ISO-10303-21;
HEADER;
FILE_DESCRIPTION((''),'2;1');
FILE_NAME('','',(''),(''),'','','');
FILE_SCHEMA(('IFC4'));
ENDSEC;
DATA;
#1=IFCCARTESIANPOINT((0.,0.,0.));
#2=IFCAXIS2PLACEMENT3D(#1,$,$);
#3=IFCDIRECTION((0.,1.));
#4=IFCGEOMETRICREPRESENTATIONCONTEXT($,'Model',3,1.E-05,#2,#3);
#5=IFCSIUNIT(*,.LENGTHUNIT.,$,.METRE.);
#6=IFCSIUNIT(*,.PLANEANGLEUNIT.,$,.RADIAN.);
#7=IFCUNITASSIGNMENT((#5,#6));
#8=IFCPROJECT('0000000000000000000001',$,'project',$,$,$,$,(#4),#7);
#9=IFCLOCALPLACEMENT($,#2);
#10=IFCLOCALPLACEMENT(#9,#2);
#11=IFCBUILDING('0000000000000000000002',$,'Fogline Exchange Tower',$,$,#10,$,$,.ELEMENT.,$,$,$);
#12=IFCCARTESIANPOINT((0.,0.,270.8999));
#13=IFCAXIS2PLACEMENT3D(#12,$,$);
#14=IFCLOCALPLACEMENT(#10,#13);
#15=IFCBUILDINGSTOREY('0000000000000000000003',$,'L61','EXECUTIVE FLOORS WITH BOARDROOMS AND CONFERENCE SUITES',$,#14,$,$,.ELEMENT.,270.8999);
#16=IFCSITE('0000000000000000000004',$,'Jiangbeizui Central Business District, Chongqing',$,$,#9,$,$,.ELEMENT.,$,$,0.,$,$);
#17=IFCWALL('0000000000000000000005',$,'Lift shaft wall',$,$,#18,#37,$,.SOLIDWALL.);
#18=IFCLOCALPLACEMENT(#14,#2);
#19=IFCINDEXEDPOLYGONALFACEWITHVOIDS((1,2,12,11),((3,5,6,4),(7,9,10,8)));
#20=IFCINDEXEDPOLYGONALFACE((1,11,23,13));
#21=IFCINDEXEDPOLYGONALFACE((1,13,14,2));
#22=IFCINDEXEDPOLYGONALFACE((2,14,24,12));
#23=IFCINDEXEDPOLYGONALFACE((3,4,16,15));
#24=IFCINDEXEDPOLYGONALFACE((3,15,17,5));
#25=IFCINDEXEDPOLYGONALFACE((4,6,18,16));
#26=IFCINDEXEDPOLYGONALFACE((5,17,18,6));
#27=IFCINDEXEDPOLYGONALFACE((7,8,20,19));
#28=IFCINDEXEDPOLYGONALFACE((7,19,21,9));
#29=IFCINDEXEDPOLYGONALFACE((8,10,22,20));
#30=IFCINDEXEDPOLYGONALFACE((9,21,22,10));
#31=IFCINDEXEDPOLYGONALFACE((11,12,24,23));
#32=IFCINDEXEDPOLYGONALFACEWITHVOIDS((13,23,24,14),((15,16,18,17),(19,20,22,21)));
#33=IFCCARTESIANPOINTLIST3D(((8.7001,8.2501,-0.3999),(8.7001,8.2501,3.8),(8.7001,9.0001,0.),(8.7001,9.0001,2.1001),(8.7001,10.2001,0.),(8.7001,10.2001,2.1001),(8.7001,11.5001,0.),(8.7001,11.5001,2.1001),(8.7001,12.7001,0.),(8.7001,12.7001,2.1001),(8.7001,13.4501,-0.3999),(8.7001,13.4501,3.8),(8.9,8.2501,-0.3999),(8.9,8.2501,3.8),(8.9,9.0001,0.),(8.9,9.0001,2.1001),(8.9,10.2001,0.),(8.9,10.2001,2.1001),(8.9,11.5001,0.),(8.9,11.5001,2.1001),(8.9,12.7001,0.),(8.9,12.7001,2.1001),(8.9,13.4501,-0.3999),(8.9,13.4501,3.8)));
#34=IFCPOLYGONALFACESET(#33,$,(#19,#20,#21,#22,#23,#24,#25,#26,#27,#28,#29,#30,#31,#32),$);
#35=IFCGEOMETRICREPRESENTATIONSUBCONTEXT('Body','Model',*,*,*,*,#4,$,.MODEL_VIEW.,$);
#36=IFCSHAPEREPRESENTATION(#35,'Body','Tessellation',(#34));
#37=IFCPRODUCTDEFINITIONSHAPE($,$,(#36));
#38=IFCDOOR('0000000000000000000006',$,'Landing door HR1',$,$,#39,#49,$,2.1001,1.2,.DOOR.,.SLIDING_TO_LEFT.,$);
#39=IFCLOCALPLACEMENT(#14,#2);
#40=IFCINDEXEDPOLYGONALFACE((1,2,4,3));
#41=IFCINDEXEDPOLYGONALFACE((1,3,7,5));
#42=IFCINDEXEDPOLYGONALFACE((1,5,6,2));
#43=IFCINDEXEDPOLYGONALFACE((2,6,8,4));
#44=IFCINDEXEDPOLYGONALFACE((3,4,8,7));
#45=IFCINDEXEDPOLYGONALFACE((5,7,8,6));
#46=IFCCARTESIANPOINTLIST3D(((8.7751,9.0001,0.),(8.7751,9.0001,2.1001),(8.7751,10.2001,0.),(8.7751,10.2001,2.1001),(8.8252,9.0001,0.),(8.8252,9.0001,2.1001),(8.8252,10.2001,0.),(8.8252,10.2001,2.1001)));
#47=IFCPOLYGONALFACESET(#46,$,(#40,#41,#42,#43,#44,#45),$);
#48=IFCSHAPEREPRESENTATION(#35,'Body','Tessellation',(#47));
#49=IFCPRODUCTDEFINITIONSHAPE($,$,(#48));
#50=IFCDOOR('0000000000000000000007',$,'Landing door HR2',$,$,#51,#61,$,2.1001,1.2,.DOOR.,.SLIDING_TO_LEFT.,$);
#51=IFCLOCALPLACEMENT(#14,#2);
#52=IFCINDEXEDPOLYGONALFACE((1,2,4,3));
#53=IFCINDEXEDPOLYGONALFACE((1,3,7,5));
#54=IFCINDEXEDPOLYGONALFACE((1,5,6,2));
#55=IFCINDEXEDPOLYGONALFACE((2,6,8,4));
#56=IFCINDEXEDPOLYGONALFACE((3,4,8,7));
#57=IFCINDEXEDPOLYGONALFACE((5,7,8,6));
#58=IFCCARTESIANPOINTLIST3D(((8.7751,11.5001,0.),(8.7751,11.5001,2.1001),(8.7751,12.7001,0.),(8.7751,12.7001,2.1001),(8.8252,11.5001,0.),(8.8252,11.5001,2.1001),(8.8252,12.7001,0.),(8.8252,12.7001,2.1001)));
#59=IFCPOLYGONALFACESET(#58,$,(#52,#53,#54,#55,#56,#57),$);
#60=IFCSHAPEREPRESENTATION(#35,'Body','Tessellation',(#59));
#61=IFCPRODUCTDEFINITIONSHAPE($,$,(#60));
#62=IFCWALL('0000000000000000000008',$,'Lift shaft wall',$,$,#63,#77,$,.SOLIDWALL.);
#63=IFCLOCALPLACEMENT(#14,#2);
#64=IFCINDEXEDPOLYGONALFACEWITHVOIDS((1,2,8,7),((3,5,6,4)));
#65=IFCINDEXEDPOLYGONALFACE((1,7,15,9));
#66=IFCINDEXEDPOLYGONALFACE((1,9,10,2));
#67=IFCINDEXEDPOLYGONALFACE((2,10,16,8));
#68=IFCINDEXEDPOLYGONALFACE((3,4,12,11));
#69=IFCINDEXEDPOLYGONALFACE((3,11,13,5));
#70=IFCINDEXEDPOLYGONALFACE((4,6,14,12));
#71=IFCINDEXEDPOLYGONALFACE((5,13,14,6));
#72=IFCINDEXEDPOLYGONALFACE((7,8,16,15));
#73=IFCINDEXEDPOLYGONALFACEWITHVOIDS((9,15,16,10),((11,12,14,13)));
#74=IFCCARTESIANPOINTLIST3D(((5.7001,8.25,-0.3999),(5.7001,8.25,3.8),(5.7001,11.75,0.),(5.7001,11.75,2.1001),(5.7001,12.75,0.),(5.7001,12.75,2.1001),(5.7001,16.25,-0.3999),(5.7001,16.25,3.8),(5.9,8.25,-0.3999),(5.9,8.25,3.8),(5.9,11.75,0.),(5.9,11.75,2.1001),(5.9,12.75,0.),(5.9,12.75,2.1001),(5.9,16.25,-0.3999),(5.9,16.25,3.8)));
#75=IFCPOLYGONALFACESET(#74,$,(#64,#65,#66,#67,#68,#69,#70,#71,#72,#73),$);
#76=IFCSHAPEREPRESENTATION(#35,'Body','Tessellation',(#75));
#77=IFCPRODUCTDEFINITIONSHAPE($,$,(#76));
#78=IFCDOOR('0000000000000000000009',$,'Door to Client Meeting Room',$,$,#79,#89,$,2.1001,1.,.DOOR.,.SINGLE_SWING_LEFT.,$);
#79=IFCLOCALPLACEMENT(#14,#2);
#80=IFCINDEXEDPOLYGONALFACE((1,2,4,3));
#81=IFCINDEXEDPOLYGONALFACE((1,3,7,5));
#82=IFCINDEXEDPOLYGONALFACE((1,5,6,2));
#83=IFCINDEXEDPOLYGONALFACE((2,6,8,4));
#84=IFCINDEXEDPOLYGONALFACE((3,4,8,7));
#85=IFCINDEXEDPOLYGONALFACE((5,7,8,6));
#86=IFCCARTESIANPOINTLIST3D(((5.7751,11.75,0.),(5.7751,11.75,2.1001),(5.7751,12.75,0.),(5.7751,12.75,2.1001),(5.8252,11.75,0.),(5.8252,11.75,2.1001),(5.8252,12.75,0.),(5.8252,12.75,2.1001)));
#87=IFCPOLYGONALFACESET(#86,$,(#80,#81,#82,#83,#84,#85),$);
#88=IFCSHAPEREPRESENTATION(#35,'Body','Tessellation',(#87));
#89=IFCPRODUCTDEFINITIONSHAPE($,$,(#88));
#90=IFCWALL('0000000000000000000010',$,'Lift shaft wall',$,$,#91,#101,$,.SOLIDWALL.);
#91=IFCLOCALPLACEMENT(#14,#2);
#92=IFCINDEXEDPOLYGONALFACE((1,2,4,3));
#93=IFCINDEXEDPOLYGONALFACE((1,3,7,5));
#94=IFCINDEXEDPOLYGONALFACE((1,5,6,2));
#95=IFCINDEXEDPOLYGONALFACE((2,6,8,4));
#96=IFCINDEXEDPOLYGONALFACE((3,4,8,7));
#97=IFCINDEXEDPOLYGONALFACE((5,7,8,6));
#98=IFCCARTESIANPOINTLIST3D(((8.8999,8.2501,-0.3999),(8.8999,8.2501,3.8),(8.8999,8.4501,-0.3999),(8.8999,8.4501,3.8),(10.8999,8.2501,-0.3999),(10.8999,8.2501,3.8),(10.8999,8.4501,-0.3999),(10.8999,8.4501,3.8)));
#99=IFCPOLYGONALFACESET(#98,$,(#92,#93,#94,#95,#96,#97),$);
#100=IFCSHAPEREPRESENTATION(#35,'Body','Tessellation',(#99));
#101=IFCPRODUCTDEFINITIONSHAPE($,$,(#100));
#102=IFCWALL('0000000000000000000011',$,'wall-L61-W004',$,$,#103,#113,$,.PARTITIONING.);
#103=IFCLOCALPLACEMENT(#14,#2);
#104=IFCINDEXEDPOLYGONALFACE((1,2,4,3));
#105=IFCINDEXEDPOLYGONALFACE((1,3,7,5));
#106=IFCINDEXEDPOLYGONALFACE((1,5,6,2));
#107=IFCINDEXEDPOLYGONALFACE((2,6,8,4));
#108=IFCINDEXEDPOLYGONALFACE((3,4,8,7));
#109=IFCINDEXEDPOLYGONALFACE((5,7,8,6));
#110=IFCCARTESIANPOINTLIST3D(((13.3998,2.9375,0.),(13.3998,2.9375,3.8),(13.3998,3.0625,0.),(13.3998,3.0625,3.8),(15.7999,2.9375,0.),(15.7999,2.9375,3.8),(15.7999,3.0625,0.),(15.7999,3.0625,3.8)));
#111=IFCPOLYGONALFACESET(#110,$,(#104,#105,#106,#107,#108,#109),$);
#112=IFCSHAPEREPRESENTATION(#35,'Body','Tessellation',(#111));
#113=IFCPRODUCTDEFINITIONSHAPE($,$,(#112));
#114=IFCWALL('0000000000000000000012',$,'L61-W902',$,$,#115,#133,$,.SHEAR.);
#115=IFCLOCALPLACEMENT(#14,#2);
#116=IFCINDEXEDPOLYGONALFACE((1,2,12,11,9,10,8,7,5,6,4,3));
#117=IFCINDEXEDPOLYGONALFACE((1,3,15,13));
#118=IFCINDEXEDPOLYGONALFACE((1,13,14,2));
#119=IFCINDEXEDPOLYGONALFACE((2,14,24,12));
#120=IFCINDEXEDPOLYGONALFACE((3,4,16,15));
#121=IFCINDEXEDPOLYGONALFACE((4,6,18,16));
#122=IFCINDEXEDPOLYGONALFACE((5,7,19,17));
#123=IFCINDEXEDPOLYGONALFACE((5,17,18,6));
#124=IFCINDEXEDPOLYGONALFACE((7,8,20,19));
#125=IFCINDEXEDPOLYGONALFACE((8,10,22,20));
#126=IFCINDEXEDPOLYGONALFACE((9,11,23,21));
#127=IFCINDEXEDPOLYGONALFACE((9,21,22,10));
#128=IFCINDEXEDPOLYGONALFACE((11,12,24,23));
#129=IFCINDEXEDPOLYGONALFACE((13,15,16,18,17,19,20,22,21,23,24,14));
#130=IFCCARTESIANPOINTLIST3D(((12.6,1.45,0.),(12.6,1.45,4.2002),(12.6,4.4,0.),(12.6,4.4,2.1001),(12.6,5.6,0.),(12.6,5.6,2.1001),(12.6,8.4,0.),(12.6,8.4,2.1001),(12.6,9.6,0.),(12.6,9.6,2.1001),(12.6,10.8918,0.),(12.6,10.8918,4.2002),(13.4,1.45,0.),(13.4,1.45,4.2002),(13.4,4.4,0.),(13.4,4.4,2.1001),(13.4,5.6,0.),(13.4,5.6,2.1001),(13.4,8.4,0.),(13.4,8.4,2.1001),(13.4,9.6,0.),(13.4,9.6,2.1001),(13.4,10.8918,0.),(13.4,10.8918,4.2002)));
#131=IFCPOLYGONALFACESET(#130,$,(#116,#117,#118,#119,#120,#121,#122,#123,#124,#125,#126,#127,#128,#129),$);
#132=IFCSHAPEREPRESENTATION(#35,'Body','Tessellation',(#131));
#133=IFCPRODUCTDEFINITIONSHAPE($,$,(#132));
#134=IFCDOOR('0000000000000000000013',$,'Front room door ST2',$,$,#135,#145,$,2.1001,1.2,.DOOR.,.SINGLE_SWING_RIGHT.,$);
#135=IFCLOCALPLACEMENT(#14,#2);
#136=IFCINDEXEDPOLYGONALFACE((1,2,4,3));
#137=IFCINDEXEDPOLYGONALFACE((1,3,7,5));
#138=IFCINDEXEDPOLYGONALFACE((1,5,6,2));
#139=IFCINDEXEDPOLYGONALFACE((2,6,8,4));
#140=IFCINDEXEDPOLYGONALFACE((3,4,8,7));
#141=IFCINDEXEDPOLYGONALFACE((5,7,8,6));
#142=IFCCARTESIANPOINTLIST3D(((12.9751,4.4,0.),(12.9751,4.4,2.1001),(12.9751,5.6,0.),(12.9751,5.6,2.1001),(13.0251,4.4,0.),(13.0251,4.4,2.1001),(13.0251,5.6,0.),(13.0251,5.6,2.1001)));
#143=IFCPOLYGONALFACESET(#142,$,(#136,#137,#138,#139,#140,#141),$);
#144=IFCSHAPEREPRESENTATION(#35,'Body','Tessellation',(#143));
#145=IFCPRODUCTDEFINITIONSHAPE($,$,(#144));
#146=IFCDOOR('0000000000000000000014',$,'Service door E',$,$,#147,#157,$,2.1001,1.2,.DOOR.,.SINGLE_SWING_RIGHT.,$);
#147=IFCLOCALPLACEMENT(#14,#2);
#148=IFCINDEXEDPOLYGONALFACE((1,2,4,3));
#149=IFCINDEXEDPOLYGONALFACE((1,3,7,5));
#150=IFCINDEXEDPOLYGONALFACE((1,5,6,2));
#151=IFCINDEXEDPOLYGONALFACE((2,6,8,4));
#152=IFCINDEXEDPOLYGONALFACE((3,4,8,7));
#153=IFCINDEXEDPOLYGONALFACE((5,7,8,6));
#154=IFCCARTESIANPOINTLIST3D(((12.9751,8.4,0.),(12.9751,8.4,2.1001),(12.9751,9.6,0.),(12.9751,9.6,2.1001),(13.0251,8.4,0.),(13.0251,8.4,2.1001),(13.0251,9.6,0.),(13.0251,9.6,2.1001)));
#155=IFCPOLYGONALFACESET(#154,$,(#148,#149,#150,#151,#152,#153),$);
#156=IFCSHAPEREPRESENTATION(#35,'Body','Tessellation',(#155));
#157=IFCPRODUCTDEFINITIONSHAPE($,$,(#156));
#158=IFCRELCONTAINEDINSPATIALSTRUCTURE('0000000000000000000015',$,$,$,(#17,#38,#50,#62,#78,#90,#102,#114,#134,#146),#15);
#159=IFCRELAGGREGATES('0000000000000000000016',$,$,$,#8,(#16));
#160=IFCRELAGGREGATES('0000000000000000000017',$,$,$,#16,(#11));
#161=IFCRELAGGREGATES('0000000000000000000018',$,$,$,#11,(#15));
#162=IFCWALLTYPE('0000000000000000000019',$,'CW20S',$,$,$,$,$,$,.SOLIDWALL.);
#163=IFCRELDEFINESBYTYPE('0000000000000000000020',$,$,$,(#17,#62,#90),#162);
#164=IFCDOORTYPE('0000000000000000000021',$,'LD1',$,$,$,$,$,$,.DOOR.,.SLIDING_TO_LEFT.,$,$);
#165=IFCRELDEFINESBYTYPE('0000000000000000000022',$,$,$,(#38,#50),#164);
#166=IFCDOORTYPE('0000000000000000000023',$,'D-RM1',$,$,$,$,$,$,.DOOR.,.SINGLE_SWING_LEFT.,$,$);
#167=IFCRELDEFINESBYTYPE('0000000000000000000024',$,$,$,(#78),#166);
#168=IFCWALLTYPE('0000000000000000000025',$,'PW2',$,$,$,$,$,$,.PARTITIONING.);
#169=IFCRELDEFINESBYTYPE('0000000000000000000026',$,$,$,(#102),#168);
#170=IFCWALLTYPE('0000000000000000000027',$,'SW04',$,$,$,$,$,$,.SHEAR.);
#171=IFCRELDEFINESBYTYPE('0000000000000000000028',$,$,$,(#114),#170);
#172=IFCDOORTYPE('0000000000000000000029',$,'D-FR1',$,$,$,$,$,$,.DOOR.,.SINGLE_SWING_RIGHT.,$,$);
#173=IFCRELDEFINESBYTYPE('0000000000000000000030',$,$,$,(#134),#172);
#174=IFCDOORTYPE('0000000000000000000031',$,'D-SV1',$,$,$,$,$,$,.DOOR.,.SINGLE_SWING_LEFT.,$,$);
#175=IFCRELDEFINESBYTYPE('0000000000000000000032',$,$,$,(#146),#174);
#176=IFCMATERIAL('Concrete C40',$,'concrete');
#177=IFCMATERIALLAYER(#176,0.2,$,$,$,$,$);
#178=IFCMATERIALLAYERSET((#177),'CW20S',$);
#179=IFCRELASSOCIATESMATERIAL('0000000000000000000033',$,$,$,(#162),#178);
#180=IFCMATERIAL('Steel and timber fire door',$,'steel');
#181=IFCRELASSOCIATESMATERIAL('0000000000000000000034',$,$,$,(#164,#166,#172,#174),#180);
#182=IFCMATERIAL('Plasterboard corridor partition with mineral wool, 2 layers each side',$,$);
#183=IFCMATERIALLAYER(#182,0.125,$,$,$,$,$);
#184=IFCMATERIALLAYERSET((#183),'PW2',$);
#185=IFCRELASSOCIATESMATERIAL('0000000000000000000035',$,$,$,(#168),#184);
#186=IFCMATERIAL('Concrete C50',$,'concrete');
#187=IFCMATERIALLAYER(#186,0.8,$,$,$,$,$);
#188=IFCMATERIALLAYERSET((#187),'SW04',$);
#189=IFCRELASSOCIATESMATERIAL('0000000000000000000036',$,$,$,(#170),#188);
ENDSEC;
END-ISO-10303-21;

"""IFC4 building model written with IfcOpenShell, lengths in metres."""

from ifc_helpers import new_model, si_unit, direction, frame, frame_2d, origin, place, context, subcontext, project, spatial, rectangle, extrude, material, layer, layer_set, type_object, element, fill, save


model = new_model("IFC4")

# Units and contexts
model_context = context("Model", 3, precision=1e-05, world=origin(), true_north=direction((0.0, 1.0)))
body_context = subcontext(model_context, "Body", "Model", "MODEL_VIEW")
ifc_project = project(units=[si_unit("LENGTHUNIT", "METRE"), si_unit("PLANEANGLEUNIT", "RADIAN")], contexts=[model_context])

# Site, building, storey
site_placement = place(None, origin())
site = spatial("IfcSite", under=ifc_project, at=site_placement, Name="Jiangbeizui Central Business District, Chongqing", CompositionType="ELEMENT", RefElevation=0.0)
building_placement = place(site_placement, origin())
building = spatial("IfcBuilding", under=site, at=building_placement, Name="Fogline Exchange Tower", CompositionType="ELEMENT")
storey_placement = place(building_placement, frame((0.0, 0.0, 270.8999)))
storey = spatial("IfcBuildingStorey", under=building, at=storey_placement, Name="L61", Description="EXECUTIVE FLOORS WITH BOARDROOMS AND CONFERENCE SUITES", CompositionType="ELEMENT", Elevation=270.8999)

# Shared definitions
ifc_material_1 = material(Name="Concrete C40", Category="concrete")

# Shared definitions
ifc_material_2 = material(Name="Steel and timber fire door", Category="steel")

# Wall, openings, doors
ifc_layer_1 = layer(ifc_material_1, 0.2)
ifc_layer_set_1 = layer_set([ifc_layer_1], Name="CW20S")
wall_type_1 = type_object("IfcWallType", Name="CW20S", PredefinedType="SOLIDWALL", material=ifc_layer_set_1)
wall_1_placement = place(storey_placement, frame((8.8, 8.25, -0.3999), z_axis=(0.0, 0.0, 1.0), x_axis=(0.0, 1.0, 0.0)))
wall_1 = element("IfcWall", 1, at=wall_1_placement, inside=storey, type_object=wall_type_1, Name="Lift shaft wall", PredefinedType="SOLIDWALL", context=body_context, shape_type="SweptSolid", body=[
    extrude(rectangle(XDim=5.2, YDim=0.2, at=frame_2d((2.6001, 0.0))), origin(), (0.0, 0.0, 1.0), 4.2),
])
opening_1_placement = place(wall_1_placement, frame((0.75, 0.0, 0.3999)))
opening_1 = element("IfcOpeningElement", 2, at=opening_1_placement, cuts=wall_1, PredefinedType="OPENING", context=body_context, shape_type="SweptSolid", body=[
    extrude(rectangle(XDim=1.2, YDim=2.1001, at=frame_2d((0.6001, 1.05))), frame((0.0, 0.1099, 0.0), z_axis=(0.0, -1.0, 0.0), x_axis=(1.0, 0.0, 0.0)), (0.0, 0.0, 1.0), 0.22),
])
opening_2_placement = place(wall_1_placement, frame((3.25, 0.0, 0.3999)))
opening_2 = element("IfcOpeningElement", 3, at=opening_2_placement, cuts=wall_1, PredefinedType="OPENING", context=body_context, shape_type="SweptSolid", body=[
    extrude(rectangle(XDim=1.2, YDim=2.1001, at=frame_2d((0.6001, 1.05))), frame((0.0, 0.1099, 0.0), z_axis=(0.0, -1.0, 0.0), x_axis=(1.0, 0.0, 0.0)), (0.0, 0.0, 1.0), 0.22),
])
door_type_1 = type_object("IfcDoorType", Name="LD1", OperationType="SLIDING_TO_LEFT", PredefinedType="DOOR", material=ifc_material_2)
door_1_placement = place(opening_1_placement, origin())
door_1 = element("IfcDoor", 4, at=door_1_placement, inside=storey, type_object=door_type_1, Name="Landing door HR1", OperationType="SLIDING_TO_LEFT", OverallHeight=2.1001, OverallWidth=1.2, PredefinedType="DOOR", context=body_context, shape_type="SweptSolid", body=[
    extrude(rectangle(XDim=1.2, YDim=2.1001, at=frame_2d((0.6001, 1.05))), frame((0.0, 0.0249, 0.0), z_axis=(0.0, -1.0, 0.0), x_axis=(1.0, 0.0, 0.0)), (0.0, 0.0, 1.0), 0.05),
])
fill(opening_1, door_1)
door_2_placement = place(opening_2_placement, origin())
door_2 = element("IfcDoor", 5, at=door_2_placement, inside=storey, type_object=door_type_1, Name="Landing door HR2", OperationType="SLIDING_TO_LEFT", OverallHeight=2.1001, OverallWidth=1.2, PredefinedType="DOOR", context=body_context, shape_type="SweptSolid", body=[
    extrude(rectangle(XDim=1.2, YDim=2.1001, at=frame_2d((0.6001, 1.05))), frame((0.0, 0.0249, 0.0), z_axis=(0.0, -1.0, 0.0), x_axis=(1.0, 0.0, 0.0)), (0.0, 0.0, 1.0), 0.05),
])
fill(opening_2, door_2)

# Wall, opening, door
wall_2_placement = place(storey_placement, frame((5.8, 8.25, -0.3999), z_axis=(0.0, 0.0, 1.0), x_axis=(0.0, 1.0, 0.0)))
wall_2 = element("IfcWall", 6, at=wall_2_placement, inside=storey, type_object=wall_type_1, Name="Lift shaft wall", PredefinedType="SOLIDWALL", context=body_context, shape_type="SweptSolid", body=[
    extrude(rectangle(XDim=8.0, YDim=0.2, at=frame_2d((4.0, 0.0))), origin(), (0.0, 0.0, 1.0), 4.2),
])
opening_3_placement = place(wall_2_placement, frame((3.5, 0.0, 0.3999)))
opening_3 = element("IfcOpeningElement", 7, at=opening_3_placement, cuts=wall_2, PredefinedType="OPENING", context=body_context, shape_type="SweptSolid", body=[
    extrude(rectangle(XDim=1.0, YDim=2.1001, at=frame_2d((0.5, 1.05))), frame((0.0, 0.1099, 0.0), z_axis=(0.0, -1.0, 0.0), x_axis=(1.0, 0.0, 0.0)), (0.0, 0.0, 1.0), 0.22),
])
door_type_2 = type_object("IfcDoorType", Name="D-RM1", OperationType="SINGLE_SWING_LEFT", PredefinedType="DOOR", material=ifc_material_2)
door_3_placement = place(opening_3_placement, origin())
door_3 = element("IfcDoor", 8, at=door_3_placement, inside=storey, type_object=door_type_2, Name="Door to Client Meeting Room", OperationType="SINGLE_SWING_LEFT", OverallHeight=2.1001, OverallWidth=1.0, PredefinedType="DOOR", context=body_context, shape_type="SweptSolid", body=[
    extrude(rectangle(XDim=1.0, YDim=2.1001, at=frame_2d((0.5, 1.05))), frame((0.0, 0.0249, 0.0), z_axis=(0.0, -1.0, 0.0), x_axis=(1.0, 0.0, 0.0)), (0.0, 0.0, 1.0), 0.05),
])
fill(opening_3, door_3)

# Walls
wall_3_placement = place(storey_placement, frame((8.8999, 8.3501, -0.3999), z_axis=(0.0, 0.0, 1.0), x_axis=(1.0, 0.0, 0.0)))
element("IfcWall", 9, at=wall_3_placement, inside=storey, type_object=wall_type_1, Name="Lift shaft wall", PredefinedType="SOLIDWALL", context=body_context, shape_type="SweptSolid", body=[
    extrude(rectangle(XDim=2.0, YDim=0.2, at=frame_2d((1.0, 0.0))), origin(), (0.0, 0.0, 1.0), 4.2),
])
ifc_material_3 = material(Name="Plasterboard corridor partition with mineral wool, 2 layers each side")
ifc_layer_2 = layer(ifc_material_3, 0.125)
ifc_layer_set_2 = layer_set([ifc_layer_2], Name="PW2")
wall_type_2 = type_object("IfcWallType", Name="PW2", PredefinedType="PARTITIONING", material=ifc_layer_set_2)
wall_4_placement = place(storey_placement, frame((15.8, 3.0, 0.0), z_axis=(0.0, 0.0, 1.0), x_axis=(-1.0, 0.0, 0.0)))
element("IfcWall", 10, at=wall_4_placement, inside=storey, type_object=wall_type_2, Name="wall-L61-W004", PredefinedType="PARTITIONING", context=body_context, shape_type="SweptSolid", body=[
    extrude(rectangle(XDim=2.4001, YDim=0.125, at=frame_2d((1.2002, 0.0))), origin(), (0.0, 0.0, 1.0), 3.8),
])

# Wall, openings, doors
ifc_material_4 = material(Name="Concrete C50", Category="concrete")
ifc_layer_3 = layer(ifc_material_4, 0.8)
ifc_layer_set_3 = layer_set([ifc_layer_3], Name="SW04")
wall_type_3 = type_object("IfcWallType", Name="SW04", PredefinedType="SHEAR", material=ifc_layer_set_3)
wall_5_placement = place(storey_placement, frame((13.0, 1.45, 0.0), z_axis=(0.0, 0.0, 1.0), x_axis=(0.0, 1.0, 0.0)))
wall_5 = element("IfcWall", 11, at=wall_5_placement, inside=storey, type_object=wall_type_3, Name="L61-W902", PredefinedType="SHEAR", context=body_context, shape_type="SweptSolid", body=[
    extrude(rectangle(XDim=9.4419, YDim=0.8, at=frame_2d((4.7209, 0.0))), origin(), (0.0, 0.0, 1.0), 4.2002),
])
opening_4_placement = place(wall_5_placement, frame((2.95, 0.0, 0.0)))
opening_4 = element("IfcOpeningElement", 12, at=opening_4_placement, cuts=wall_5, PredefinedType="OPENING", context=body_context, shape_type="SweptSolid", body=[
    extrude(rectangle(XDim=1.2, YDim=2.1001, at=frame_2d((0.6001, 1.05))), frame((0.0, 0.4102, 0.0), z_axis=(0.0, -1.0, 0.0), x_axis=(1.0, 0.0, 0.0)), (0.0, 0.0, 1.0), 0.8201),
])
opening_5_placement = place(wall_5_placement, frame((6.95, 0.0, 0.0)))
opening_5 = element("IfcOpeningElement", 13, at=opening_5_placement, cuts=wall_5, PredefinedType="OPENING", context=body_context, shape_type="SweptSolid", body=[
    extrude(rectangle(XDim=1.2, YDim=2.1001, at=frame_2d((0.6001, 1.05))), frame((0.0, 0.4102, 0.0), z_axis=(0.0, -1.0, 0.0), x_axis=(1.0, 0.0, 0.0)), (0.0, 0.0, 1.0), 0.8201),
])
door_type_3 = type_object("IfcDoorType", Name="D-FR1", OperationType="SINGLE_SWING_RIGHT", PredefinedType="DOOR", material=ifc_material_2)
door_4_placement = place(opening_4_placement, origin())
door_4 = element("IfcDoor", 14, at=door_4_placement, inside=storey, type_object=door_type_3, Name="Front room door ST2", OperationType="SINGLE_SWING_RIGHT", OverallHeight=2.1001, OverallWidth=1.2, PredefinedType="DOOR", context=body_context, shape_type="SweptSolid", body=[
    extrude(rectangle(XDim=1.2, YDim=2.1001, at=frame_2d((0.6001, 1.05))), frame((0.0, 0.0249, 0.0), z_axis=(0.0, -1.0, 0.0), x_axis=(1.0, 0.0, 0.0)), (0.0, 0.0, 1.0), 0.05),
])
fill(opening_4, door_4)
door_type_4 = type_object("IfcDoorType", Name="D-SV1", OperationType="SINGLE_SWING_LEFT", PredefinedType="DOOR", material=ifc_material_2)
door_5_placement = place(opening_5_placement, origin())
door_5 = element("IfcDoor", 15, at=door_5_placement, inside=storey, type_object=door_type_4, Name="Service door E", OperationType="SINGLE_SWING_RIGHT", OverallHeight=2.1001, OverallWidth=1.2, PredefinedType="DOOR", context=body_context, shape_type="SweptSolid", body=[
    extrude(rectangle(XDim=1.2, YDim=2.1001, at=frame_2d((0.6001, 1.05))), frame((0.0, 0.0249, 0.0), z_axis=(0.0, -1.0, 0.0), x_axis=(1.0, 0.0, 0.0)), (0.0, 0.0, 1.0), 0.05),
])
fill(opening_5, door_5)

save(model, "model.ifc")
